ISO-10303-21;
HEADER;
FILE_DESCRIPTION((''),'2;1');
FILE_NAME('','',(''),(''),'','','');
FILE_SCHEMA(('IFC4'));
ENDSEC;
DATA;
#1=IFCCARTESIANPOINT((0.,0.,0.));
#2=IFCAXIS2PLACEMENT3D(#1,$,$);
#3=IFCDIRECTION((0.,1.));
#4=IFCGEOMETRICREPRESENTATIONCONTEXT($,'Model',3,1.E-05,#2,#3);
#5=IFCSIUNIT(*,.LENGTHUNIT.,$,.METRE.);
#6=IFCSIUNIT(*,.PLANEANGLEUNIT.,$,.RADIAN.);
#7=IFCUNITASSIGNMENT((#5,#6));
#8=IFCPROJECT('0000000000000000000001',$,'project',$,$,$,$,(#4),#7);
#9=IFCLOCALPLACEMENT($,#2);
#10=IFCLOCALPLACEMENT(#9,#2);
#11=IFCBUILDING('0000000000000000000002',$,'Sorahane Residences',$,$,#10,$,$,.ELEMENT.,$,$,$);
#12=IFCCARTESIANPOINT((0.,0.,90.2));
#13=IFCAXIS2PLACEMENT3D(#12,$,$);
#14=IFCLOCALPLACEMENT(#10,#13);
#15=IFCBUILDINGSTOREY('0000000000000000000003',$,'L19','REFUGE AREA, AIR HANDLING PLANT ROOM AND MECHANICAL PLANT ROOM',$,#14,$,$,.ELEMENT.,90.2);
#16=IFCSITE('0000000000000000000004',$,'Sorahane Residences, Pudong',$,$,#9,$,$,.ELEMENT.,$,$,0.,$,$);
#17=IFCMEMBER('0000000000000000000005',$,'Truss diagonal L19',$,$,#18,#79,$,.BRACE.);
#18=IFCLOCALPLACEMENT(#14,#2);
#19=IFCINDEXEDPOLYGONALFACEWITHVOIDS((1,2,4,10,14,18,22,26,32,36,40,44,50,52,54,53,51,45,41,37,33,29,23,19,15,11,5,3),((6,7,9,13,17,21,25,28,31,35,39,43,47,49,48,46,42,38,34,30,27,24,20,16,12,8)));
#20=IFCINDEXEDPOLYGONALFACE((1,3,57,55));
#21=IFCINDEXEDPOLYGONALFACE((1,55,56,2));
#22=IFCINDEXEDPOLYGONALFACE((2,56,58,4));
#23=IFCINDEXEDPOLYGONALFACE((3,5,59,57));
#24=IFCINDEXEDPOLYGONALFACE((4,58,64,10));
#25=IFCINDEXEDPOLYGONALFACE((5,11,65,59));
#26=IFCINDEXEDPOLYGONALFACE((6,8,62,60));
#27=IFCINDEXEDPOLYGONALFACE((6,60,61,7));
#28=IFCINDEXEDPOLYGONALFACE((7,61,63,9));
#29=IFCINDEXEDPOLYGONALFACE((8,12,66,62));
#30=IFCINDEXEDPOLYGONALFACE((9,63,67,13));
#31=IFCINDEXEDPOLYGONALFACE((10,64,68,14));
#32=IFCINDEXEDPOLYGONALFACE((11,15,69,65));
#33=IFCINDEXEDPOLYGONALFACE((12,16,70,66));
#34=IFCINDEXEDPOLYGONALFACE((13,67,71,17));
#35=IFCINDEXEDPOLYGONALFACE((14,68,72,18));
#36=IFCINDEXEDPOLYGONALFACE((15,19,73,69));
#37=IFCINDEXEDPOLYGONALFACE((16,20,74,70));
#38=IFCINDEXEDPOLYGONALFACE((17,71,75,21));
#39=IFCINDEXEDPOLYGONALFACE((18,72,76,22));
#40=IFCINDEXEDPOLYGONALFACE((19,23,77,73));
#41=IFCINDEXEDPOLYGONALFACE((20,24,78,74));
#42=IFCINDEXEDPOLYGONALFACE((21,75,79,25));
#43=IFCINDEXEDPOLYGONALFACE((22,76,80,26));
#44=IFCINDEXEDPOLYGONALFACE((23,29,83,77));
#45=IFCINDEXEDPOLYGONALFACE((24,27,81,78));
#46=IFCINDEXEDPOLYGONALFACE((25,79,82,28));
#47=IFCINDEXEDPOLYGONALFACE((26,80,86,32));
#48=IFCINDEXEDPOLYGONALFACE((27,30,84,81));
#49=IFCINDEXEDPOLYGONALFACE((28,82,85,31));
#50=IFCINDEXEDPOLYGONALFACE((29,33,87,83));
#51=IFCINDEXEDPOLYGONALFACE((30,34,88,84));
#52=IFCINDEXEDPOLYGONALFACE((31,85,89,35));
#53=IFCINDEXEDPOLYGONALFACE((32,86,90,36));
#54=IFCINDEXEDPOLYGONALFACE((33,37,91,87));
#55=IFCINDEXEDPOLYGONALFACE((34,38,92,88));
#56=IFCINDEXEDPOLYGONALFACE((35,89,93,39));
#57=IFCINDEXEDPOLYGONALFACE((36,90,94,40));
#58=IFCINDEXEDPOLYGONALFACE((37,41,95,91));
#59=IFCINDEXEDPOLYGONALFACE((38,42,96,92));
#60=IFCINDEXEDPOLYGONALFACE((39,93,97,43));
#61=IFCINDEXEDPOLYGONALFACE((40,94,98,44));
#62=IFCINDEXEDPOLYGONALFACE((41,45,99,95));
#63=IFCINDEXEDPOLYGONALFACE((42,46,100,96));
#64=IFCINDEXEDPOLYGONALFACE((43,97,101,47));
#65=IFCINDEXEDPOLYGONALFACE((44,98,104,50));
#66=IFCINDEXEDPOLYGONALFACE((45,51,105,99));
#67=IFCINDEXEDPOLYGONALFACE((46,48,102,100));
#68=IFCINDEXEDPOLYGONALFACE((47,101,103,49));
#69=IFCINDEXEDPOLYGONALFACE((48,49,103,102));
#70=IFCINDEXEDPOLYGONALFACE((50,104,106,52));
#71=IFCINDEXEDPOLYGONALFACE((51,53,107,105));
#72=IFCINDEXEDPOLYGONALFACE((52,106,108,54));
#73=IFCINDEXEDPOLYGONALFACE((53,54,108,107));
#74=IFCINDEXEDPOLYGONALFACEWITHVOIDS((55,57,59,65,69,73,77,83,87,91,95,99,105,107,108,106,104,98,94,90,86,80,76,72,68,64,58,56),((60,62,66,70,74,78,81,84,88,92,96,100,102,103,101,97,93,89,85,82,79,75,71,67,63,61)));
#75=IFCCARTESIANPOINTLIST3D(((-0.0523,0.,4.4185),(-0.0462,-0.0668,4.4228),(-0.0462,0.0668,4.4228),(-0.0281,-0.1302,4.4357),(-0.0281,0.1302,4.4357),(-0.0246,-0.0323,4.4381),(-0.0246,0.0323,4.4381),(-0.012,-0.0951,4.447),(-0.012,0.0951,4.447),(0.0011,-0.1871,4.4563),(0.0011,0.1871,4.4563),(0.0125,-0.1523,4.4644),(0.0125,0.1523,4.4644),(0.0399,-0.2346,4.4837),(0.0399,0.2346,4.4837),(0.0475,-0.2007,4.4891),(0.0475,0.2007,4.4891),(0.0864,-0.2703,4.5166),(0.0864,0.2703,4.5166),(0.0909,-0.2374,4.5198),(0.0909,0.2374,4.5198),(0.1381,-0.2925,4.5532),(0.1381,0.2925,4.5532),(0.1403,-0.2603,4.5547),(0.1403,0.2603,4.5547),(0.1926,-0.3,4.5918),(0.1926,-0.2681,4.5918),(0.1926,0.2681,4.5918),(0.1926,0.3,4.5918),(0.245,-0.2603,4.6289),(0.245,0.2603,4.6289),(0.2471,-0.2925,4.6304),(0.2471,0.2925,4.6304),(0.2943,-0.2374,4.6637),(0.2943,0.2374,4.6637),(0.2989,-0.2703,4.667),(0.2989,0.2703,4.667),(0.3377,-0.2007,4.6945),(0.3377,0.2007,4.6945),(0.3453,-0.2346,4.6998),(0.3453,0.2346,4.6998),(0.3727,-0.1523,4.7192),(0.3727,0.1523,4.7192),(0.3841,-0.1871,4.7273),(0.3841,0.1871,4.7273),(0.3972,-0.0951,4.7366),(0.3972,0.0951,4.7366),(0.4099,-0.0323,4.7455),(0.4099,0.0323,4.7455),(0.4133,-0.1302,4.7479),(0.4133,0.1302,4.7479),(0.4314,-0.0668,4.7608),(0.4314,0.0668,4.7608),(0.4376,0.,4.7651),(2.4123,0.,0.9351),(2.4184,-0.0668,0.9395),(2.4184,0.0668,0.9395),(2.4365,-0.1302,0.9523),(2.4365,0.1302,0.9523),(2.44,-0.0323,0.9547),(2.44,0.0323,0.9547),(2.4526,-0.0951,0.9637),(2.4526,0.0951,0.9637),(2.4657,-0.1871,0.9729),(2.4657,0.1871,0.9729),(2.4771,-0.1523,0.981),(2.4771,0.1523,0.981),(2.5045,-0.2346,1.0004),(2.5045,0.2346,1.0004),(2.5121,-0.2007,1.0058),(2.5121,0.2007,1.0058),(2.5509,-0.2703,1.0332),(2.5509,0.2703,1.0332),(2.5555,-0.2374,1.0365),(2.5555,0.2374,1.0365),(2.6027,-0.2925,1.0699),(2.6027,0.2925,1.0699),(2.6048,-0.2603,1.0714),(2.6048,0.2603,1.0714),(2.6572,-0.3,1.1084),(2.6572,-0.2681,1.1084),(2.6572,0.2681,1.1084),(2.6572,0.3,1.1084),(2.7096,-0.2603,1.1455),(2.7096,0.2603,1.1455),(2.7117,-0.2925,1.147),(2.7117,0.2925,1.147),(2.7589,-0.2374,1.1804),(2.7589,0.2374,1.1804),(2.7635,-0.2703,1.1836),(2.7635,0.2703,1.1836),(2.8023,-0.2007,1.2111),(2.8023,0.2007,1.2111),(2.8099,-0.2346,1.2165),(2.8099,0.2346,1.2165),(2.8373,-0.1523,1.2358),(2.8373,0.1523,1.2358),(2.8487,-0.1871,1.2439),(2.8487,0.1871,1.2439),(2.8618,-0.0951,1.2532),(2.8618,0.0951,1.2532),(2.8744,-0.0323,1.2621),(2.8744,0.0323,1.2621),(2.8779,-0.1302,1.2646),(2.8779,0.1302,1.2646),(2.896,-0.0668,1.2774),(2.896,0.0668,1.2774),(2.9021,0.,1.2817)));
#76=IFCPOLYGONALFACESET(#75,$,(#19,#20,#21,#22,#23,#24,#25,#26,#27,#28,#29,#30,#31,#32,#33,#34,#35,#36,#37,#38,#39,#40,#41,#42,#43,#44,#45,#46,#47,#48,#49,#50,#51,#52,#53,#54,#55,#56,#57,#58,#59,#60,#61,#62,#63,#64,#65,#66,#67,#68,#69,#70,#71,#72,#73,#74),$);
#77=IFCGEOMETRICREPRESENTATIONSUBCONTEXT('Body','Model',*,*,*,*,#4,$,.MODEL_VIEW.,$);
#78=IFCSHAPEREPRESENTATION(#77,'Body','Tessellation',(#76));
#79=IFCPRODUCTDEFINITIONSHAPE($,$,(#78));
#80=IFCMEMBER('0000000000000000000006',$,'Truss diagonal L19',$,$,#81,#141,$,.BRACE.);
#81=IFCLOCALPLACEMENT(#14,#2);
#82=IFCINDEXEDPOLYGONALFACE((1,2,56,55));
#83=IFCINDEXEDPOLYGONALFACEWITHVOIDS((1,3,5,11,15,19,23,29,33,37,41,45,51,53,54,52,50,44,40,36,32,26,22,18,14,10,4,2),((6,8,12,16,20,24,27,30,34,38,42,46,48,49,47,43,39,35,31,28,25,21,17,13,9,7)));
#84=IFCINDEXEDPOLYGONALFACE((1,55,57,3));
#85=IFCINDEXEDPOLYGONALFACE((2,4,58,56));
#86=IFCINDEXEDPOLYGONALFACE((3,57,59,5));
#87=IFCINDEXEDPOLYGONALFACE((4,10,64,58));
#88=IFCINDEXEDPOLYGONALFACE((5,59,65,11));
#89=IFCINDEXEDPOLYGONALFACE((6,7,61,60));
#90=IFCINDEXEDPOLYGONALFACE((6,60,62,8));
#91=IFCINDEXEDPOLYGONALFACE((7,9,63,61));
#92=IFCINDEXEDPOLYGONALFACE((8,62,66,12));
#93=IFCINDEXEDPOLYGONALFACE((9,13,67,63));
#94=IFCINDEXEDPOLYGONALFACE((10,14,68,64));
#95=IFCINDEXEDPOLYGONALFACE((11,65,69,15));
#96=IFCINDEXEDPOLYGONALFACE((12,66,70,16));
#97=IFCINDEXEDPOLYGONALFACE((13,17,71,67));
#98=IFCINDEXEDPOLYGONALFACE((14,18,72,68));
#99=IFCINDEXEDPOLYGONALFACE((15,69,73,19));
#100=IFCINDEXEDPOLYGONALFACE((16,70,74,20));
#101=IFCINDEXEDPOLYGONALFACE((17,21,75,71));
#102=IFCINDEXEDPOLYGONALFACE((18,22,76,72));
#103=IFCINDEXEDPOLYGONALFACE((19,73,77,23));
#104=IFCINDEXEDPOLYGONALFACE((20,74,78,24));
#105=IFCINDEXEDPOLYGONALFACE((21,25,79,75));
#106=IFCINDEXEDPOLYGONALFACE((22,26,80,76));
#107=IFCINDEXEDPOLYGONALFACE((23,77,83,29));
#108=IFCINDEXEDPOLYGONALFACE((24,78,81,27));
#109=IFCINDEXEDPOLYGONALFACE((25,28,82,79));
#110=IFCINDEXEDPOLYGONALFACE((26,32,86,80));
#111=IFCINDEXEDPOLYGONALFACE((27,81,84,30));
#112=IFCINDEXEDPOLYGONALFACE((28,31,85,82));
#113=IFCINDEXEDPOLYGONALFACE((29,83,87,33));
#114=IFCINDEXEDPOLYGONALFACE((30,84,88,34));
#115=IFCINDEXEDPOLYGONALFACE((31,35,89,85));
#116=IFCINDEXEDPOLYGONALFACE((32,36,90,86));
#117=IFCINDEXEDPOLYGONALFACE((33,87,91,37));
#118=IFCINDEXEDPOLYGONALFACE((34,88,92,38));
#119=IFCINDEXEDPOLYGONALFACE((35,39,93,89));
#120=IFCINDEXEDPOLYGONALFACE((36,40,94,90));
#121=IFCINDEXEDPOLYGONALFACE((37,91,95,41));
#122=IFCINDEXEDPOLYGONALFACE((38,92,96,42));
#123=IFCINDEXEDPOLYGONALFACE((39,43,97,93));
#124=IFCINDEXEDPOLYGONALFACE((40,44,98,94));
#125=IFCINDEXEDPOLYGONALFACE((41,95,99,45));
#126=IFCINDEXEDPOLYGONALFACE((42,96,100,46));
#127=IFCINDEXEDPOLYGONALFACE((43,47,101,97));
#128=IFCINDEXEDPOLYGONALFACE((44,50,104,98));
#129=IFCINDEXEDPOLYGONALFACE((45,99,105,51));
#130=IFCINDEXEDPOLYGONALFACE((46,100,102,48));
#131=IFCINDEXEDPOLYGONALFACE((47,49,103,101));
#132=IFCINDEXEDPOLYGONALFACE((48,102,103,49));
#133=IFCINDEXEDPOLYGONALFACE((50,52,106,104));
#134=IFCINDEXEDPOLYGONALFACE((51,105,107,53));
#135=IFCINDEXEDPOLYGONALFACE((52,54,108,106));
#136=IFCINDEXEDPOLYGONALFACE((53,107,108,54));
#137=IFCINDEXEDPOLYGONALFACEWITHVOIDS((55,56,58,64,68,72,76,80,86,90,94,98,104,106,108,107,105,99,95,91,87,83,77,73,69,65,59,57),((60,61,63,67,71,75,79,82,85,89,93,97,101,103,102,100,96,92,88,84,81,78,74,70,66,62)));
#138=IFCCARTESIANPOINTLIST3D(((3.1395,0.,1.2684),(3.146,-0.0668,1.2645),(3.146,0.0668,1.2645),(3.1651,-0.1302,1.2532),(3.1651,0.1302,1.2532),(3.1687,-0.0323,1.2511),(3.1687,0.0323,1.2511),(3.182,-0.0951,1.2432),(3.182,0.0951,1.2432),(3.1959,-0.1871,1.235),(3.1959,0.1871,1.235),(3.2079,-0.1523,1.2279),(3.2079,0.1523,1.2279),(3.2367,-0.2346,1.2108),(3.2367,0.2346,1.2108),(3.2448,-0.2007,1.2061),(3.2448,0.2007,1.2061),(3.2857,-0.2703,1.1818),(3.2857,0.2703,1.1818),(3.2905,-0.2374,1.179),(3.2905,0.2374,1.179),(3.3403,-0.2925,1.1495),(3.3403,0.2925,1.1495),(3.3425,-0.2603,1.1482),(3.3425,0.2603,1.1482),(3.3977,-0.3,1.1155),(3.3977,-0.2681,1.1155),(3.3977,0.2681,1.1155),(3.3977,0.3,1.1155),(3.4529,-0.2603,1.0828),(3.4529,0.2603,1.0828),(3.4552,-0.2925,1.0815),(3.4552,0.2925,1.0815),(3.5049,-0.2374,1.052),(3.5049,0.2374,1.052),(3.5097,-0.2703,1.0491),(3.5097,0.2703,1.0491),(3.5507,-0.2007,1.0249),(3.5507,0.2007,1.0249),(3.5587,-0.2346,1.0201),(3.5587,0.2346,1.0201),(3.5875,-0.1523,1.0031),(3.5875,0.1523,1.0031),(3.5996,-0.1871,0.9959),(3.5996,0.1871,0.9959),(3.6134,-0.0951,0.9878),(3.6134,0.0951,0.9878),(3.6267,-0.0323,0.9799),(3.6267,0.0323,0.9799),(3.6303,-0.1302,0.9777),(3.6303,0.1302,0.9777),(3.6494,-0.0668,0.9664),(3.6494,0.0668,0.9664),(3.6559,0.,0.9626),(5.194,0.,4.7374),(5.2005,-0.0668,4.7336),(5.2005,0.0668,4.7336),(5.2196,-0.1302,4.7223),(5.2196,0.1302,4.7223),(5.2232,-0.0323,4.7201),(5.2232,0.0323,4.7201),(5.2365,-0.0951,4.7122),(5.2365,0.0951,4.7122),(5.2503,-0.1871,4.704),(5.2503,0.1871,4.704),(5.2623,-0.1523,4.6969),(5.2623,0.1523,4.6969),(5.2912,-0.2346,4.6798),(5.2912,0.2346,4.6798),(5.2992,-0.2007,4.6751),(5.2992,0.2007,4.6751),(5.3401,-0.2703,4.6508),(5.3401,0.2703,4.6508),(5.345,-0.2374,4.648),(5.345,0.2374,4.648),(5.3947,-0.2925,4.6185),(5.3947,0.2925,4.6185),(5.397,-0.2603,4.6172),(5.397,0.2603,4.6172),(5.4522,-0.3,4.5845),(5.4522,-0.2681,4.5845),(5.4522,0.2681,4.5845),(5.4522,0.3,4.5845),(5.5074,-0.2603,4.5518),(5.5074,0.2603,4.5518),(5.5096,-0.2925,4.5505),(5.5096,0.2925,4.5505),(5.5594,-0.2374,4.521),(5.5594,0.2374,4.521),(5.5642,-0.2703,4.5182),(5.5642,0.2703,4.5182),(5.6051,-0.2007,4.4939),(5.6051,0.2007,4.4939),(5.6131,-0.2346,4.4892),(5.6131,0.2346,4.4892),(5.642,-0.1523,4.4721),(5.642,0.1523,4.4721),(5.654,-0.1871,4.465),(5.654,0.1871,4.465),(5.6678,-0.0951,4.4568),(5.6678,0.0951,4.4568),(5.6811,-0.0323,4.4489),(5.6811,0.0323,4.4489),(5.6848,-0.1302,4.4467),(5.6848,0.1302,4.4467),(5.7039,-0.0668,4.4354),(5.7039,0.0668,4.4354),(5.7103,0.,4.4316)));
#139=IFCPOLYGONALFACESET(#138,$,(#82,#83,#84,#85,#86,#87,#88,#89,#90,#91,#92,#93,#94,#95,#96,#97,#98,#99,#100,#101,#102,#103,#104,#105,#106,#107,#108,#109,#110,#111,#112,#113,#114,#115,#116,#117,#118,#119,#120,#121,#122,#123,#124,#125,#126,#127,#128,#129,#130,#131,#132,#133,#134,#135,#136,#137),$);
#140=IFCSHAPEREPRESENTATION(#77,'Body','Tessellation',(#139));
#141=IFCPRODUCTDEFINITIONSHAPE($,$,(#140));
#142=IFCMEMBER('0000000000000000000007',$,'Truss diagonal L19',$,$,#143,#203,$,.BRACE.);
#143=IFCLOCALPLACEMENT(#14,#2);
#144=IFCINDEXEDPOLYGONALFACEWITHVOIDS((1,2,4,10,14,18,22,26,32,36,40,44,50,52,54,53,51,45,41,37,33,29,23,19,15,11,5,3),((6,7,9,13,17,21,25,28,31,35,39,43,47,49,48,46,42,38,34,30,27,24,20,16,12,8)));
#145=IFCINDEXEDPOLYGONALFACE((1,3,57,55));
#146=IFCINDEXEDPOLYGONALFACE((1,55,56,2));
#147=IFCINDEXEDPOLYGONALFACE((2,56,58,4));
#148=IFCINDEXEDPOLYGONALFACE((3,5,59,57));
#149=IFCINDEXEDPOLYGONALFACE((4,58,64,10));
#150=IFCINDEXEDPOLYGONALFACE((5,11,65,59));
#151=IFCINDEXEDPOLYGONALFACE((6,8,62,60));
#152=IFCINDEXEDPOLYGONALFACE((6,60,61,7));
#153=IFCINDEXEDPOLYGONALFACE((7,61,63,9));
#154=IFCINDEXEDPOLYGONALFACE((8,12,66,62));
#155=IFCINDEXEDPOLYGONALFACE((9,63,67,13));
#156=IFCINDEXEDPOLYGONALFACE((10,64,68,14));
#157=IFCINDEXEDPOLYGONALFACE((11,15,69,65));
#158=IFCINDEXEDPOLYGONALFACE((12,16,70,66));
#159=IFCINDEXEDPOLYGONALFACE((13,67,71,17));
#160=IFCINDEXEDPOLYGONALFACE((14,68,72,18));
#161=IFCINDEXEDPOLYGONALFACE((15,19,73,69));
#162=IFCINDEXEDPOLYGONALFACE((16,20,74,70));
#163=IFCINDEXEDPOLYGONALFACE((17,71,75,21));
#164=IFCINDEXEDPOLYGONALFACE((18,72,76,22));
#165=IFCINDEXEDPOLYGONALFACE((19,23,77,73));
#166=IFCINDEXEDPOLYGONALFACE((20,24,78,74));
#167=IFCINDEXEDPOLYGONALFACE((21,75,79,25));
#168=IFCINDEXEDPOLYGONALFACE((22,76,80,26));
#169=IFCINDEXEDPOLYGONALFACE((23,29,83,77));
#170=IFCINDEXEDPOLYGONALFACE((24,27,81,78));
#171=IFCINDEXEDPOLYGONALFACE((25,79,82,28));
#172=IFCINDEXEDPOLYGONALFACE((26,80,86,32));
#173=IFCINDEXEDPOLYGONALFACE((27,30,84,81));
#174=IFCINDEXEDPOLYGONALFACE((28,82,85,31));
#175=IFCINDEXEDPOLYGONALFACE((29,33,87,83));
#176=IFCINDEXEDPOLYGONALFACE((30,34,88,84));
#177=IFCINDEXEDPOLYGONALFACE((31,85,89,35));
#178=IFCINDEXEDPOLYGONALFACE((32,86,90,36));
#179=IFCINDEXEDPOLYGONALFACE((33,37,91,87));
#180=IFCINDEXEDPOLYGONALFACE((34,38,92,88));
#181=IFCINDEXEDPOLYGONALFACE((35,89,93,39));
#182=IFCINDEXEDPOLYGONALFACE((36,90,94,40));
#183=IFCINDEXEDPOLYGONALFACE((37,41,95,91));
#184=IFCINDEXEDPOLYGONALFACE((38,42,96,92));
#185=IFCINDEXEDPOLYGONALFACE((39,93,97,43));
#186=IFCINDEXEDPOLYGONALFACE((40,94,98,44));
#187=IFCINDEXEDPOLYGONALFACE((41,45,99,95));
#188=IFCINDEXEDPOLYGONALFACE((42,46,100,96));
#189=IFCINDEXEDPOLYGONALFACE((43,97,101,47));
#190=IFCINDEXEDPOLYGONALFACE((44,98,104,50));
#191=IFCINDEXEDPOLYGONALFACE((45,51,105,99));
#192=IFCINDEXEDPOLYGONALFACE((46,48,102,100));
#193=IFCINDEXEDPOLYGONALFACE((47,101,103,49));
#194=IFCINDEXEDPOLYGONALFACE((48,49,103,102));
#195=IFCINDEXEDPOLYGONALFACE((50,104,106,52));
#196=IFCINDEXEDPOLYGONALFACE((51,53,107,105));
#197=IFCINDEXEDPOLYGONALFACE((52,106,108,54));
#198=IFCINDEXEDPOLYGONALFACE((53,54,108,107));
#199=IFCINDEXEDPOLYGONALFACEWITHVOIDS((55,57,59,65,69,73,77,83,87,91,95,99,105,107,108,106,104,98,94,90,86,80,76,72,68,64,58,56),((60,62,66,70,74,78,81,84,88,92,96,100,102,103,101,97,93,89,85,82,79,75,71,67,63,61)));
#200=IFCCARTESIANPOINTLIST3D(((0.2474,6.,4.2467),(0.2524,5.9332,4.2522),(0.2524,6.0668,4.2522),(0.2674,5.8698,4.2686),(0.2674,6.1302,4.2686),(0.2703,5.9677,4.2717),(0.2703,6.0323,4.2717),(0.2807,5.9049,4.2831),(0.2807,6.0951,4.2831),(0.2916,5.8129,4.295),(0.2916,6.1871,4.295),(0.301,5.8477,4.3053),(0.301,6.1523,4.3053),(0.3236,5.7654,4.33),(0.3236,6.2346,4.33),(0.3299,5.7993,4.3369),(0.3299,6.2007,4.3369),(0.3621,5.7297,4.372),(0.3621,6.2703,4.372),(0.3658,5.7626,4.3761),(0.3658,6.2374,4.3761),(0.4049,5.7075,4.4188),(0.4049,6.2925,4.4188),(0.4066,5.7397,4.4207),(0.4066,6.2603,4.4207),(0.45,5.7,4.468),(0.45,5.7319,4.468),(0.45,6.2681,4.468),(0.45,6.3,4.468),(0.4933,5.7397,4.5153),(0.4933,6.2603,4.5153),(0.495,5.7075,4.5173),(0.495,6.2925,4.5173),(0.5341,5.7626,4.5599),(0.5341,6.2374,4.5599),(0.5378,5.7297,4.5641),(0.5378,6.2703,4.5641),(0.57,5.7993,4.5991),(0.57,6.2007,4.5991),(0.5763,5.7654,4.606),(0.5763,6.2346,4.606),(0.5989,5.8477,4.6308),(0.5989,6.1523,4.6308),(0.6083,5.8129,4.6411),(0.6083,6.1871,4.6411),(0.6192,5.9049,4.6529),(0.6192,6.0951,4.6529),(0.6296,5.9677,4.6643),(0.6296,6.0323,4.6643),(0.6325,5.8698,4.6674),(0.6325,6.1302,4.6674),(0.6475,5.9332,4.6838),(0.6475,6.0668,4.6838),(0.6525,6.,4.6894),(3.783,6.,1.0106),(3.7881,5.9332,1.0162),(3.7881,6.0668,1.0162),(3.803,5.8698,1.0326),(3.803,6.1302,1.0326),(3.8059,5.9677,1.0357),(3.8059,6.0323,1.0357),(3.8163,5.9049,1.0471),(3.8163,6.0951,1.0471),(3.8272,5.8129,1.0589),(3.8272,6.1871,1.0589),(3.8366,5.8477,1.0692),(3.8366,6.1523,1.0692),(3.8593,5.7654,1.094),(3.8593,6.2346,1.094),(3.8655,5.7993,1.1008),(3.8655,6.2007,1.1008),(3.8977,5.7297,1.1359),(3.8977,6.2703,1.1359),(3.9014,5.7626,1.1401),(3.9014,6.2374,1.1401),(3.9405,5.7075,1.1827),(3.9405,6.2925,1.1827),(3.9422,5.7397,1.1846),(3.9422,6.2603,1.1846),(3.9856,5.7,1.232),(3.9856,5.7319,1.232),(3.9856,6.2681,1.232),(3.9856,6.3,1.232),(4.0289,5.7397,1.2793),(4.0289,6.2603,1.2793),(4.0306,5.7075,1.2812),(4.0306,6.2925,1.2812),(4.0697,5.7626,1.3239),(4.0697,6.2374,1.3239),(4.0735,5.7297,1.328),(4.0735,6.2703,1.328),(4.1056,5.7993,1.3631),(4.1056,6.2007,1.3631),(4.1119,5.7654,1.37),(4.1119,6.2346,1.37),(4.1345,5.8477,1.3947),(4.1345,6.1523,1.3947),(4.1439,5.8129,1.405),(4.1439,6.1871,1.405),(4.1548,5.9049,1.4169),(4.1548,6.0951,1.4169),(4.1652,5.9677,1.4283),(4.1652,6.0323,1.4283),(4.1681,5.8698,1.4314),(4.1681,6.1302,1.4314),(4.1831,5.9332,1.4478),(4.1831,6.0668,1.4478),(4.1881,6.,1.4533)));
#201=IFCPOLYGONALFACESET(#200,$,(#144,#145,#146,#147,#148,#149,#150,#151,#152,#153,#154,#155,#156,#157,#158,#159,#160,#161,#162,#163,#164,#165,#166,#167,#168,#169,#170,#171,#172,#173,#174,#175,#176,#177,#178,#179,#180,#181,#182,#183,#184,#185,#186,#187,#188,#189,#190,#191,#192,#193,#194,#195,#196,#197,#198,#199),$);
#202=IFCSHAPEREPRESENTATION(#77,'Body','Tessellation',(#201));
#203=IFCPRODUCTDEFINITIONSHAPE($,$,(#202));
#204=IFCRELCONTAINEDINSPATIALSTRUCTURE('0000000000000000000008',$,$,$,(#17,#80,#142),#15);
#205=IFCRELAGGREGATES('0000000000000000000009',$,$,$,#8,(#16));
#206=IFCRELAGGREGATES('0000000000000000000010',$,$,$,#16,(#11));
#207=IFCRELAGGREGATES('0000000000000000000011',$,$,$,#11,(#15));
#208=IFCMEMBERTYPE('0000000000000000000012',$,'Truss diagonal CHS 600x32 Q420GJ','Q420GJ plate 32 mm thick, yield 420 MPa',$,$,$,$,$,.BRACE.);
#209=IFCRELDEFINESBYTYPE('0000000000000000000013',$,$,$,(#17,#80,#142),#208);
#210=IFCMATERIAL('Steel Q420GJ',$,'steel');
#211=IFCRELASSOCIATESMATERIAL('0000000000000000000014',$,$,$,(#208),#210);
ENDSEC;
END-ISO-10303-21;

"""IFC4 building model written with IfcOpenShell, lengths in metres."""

from ifc_helpers import new_model, si_unit, direction, frame, origin, origin_2d, place, context, subcontext, project, spatial, hollow_circle, extrude, material, material_profile, profile_set, type_object, element, save


model = new_model("IFC4")

# Units and contexts
model_context = context("Model", 3, precision=1e-05, world=origin(), true_north=direction((0.0, 1.0)))
body_context = subcontext(model_context, "Body", "Model", "MODEL_VIEW")
ifc_project = project(units=[si_unit("LENGTHUNIT", "METRE"), si_unit("PLANEANGLEUNIT", "RADIAN")], contexts=[model_context])

# Site, building, storey
site_placement = place(None, origin())
site = spatial("IfcSite", under=ifc_project, at=site_placement, Name="Sorahane Residences, Pudong", CompositionType="ELEMENT", RefElevation=0.0)
building_placement = place(site_placement, origin())
building = spatial("IfcBuilding", under=site, at=building_placement, Name="Sorahane Residences", CompositionType="ELEMENT")
storey_placement = place(building_placement, frame((0.0, 0.0, 90.2)))
storey = spatial("IfcBuildingStorey", under=building, at=storey_placement, Name="L19", Description="REFUGE AREA, AIR HANDLING PLANT ROOM AND MECHANICAL PLANT ROOM", CompositionType="ELEMENT", Elevation=90.2)

# Members
ifc_material_1 = material(Name="Steel Q420GJ", Category="steel")
ifc_material_profile_1 = material_profile(ifc_material_1, hollow_circle(Radius=0.3, WallThickness=0.032, at=origin_2d()), Name="CHS 600x32")
ifc_profile_set_1 = profile_set([ifc_material_profile_1], Name="Steel Q420GJ")
member_type = type_object("IfcMemberType", Name="Truss diagonal CHS 600x32 Q420GJ", Description="Q420GJ plate 32 mm thick, yield 420 MPa", PredefinedType="BRACE", material=ifc_profile_set_1)
member_1_placement = place(storey_placement, frame((0.1926, 0.0, 4.5918), z_axis=(0.577579, 0.0, -0.816335), x_axis=(0.0, 1.0, 0.0)))
element("IfcMember", 1, at=member_1_placement, inside=storey, type_object=member_type, Name="Truss diagonal L19", PredefinedType="BRACE", context=body_context, shape_type="SweptSolid", body=[
    extrude(hollow_circle(Radius=0.3, WallThickness=0.032, at=origin_2d()), origin(), (0.0, 0.0, 1.0), 4.2671),
])
member_2_placement = place(storey_placement, frame((3.3977, 0.0, 1.1155), z_axis=(0.509572, 0.0, 0.860428), x_axis=(0.0, 1.0, 0.0)))
element("IfcMember", 2, at=member_2_placement, inside=storey, type_object=member_type, Name="Truss diagonal L19", PredefinedType="BRACE", context=body_context, shape_type="SweptSolid", body=[
    extrude(hollow_circle(Radius=0.3, WallThickness=0.032, at=origin_2d()), origin(), (0.0, 0.0, 1.0), 4.0317),
])
member_3_placement = place(storey_placement, frame((0.45, 6.0, 4.468), z_axis=(0.737666, 0.0, -0.675166), x_axis=(0.0, 1.0, 0.0)))
element("IfcMember", 3, at=member_3_placement, inside=storey, type_object=member_type, Name="Truss diagonal L19", PredefinedType="BRACE", context=body_context, shape_type="SweptSolid", body=[
    extrude(hollow_circle(Radius=0.3, WallThickness=0.032, at=origin_2d()), origin(), (0.0, 0.0, 1.0), 4.793),
])

save(model, "model.ifc")
